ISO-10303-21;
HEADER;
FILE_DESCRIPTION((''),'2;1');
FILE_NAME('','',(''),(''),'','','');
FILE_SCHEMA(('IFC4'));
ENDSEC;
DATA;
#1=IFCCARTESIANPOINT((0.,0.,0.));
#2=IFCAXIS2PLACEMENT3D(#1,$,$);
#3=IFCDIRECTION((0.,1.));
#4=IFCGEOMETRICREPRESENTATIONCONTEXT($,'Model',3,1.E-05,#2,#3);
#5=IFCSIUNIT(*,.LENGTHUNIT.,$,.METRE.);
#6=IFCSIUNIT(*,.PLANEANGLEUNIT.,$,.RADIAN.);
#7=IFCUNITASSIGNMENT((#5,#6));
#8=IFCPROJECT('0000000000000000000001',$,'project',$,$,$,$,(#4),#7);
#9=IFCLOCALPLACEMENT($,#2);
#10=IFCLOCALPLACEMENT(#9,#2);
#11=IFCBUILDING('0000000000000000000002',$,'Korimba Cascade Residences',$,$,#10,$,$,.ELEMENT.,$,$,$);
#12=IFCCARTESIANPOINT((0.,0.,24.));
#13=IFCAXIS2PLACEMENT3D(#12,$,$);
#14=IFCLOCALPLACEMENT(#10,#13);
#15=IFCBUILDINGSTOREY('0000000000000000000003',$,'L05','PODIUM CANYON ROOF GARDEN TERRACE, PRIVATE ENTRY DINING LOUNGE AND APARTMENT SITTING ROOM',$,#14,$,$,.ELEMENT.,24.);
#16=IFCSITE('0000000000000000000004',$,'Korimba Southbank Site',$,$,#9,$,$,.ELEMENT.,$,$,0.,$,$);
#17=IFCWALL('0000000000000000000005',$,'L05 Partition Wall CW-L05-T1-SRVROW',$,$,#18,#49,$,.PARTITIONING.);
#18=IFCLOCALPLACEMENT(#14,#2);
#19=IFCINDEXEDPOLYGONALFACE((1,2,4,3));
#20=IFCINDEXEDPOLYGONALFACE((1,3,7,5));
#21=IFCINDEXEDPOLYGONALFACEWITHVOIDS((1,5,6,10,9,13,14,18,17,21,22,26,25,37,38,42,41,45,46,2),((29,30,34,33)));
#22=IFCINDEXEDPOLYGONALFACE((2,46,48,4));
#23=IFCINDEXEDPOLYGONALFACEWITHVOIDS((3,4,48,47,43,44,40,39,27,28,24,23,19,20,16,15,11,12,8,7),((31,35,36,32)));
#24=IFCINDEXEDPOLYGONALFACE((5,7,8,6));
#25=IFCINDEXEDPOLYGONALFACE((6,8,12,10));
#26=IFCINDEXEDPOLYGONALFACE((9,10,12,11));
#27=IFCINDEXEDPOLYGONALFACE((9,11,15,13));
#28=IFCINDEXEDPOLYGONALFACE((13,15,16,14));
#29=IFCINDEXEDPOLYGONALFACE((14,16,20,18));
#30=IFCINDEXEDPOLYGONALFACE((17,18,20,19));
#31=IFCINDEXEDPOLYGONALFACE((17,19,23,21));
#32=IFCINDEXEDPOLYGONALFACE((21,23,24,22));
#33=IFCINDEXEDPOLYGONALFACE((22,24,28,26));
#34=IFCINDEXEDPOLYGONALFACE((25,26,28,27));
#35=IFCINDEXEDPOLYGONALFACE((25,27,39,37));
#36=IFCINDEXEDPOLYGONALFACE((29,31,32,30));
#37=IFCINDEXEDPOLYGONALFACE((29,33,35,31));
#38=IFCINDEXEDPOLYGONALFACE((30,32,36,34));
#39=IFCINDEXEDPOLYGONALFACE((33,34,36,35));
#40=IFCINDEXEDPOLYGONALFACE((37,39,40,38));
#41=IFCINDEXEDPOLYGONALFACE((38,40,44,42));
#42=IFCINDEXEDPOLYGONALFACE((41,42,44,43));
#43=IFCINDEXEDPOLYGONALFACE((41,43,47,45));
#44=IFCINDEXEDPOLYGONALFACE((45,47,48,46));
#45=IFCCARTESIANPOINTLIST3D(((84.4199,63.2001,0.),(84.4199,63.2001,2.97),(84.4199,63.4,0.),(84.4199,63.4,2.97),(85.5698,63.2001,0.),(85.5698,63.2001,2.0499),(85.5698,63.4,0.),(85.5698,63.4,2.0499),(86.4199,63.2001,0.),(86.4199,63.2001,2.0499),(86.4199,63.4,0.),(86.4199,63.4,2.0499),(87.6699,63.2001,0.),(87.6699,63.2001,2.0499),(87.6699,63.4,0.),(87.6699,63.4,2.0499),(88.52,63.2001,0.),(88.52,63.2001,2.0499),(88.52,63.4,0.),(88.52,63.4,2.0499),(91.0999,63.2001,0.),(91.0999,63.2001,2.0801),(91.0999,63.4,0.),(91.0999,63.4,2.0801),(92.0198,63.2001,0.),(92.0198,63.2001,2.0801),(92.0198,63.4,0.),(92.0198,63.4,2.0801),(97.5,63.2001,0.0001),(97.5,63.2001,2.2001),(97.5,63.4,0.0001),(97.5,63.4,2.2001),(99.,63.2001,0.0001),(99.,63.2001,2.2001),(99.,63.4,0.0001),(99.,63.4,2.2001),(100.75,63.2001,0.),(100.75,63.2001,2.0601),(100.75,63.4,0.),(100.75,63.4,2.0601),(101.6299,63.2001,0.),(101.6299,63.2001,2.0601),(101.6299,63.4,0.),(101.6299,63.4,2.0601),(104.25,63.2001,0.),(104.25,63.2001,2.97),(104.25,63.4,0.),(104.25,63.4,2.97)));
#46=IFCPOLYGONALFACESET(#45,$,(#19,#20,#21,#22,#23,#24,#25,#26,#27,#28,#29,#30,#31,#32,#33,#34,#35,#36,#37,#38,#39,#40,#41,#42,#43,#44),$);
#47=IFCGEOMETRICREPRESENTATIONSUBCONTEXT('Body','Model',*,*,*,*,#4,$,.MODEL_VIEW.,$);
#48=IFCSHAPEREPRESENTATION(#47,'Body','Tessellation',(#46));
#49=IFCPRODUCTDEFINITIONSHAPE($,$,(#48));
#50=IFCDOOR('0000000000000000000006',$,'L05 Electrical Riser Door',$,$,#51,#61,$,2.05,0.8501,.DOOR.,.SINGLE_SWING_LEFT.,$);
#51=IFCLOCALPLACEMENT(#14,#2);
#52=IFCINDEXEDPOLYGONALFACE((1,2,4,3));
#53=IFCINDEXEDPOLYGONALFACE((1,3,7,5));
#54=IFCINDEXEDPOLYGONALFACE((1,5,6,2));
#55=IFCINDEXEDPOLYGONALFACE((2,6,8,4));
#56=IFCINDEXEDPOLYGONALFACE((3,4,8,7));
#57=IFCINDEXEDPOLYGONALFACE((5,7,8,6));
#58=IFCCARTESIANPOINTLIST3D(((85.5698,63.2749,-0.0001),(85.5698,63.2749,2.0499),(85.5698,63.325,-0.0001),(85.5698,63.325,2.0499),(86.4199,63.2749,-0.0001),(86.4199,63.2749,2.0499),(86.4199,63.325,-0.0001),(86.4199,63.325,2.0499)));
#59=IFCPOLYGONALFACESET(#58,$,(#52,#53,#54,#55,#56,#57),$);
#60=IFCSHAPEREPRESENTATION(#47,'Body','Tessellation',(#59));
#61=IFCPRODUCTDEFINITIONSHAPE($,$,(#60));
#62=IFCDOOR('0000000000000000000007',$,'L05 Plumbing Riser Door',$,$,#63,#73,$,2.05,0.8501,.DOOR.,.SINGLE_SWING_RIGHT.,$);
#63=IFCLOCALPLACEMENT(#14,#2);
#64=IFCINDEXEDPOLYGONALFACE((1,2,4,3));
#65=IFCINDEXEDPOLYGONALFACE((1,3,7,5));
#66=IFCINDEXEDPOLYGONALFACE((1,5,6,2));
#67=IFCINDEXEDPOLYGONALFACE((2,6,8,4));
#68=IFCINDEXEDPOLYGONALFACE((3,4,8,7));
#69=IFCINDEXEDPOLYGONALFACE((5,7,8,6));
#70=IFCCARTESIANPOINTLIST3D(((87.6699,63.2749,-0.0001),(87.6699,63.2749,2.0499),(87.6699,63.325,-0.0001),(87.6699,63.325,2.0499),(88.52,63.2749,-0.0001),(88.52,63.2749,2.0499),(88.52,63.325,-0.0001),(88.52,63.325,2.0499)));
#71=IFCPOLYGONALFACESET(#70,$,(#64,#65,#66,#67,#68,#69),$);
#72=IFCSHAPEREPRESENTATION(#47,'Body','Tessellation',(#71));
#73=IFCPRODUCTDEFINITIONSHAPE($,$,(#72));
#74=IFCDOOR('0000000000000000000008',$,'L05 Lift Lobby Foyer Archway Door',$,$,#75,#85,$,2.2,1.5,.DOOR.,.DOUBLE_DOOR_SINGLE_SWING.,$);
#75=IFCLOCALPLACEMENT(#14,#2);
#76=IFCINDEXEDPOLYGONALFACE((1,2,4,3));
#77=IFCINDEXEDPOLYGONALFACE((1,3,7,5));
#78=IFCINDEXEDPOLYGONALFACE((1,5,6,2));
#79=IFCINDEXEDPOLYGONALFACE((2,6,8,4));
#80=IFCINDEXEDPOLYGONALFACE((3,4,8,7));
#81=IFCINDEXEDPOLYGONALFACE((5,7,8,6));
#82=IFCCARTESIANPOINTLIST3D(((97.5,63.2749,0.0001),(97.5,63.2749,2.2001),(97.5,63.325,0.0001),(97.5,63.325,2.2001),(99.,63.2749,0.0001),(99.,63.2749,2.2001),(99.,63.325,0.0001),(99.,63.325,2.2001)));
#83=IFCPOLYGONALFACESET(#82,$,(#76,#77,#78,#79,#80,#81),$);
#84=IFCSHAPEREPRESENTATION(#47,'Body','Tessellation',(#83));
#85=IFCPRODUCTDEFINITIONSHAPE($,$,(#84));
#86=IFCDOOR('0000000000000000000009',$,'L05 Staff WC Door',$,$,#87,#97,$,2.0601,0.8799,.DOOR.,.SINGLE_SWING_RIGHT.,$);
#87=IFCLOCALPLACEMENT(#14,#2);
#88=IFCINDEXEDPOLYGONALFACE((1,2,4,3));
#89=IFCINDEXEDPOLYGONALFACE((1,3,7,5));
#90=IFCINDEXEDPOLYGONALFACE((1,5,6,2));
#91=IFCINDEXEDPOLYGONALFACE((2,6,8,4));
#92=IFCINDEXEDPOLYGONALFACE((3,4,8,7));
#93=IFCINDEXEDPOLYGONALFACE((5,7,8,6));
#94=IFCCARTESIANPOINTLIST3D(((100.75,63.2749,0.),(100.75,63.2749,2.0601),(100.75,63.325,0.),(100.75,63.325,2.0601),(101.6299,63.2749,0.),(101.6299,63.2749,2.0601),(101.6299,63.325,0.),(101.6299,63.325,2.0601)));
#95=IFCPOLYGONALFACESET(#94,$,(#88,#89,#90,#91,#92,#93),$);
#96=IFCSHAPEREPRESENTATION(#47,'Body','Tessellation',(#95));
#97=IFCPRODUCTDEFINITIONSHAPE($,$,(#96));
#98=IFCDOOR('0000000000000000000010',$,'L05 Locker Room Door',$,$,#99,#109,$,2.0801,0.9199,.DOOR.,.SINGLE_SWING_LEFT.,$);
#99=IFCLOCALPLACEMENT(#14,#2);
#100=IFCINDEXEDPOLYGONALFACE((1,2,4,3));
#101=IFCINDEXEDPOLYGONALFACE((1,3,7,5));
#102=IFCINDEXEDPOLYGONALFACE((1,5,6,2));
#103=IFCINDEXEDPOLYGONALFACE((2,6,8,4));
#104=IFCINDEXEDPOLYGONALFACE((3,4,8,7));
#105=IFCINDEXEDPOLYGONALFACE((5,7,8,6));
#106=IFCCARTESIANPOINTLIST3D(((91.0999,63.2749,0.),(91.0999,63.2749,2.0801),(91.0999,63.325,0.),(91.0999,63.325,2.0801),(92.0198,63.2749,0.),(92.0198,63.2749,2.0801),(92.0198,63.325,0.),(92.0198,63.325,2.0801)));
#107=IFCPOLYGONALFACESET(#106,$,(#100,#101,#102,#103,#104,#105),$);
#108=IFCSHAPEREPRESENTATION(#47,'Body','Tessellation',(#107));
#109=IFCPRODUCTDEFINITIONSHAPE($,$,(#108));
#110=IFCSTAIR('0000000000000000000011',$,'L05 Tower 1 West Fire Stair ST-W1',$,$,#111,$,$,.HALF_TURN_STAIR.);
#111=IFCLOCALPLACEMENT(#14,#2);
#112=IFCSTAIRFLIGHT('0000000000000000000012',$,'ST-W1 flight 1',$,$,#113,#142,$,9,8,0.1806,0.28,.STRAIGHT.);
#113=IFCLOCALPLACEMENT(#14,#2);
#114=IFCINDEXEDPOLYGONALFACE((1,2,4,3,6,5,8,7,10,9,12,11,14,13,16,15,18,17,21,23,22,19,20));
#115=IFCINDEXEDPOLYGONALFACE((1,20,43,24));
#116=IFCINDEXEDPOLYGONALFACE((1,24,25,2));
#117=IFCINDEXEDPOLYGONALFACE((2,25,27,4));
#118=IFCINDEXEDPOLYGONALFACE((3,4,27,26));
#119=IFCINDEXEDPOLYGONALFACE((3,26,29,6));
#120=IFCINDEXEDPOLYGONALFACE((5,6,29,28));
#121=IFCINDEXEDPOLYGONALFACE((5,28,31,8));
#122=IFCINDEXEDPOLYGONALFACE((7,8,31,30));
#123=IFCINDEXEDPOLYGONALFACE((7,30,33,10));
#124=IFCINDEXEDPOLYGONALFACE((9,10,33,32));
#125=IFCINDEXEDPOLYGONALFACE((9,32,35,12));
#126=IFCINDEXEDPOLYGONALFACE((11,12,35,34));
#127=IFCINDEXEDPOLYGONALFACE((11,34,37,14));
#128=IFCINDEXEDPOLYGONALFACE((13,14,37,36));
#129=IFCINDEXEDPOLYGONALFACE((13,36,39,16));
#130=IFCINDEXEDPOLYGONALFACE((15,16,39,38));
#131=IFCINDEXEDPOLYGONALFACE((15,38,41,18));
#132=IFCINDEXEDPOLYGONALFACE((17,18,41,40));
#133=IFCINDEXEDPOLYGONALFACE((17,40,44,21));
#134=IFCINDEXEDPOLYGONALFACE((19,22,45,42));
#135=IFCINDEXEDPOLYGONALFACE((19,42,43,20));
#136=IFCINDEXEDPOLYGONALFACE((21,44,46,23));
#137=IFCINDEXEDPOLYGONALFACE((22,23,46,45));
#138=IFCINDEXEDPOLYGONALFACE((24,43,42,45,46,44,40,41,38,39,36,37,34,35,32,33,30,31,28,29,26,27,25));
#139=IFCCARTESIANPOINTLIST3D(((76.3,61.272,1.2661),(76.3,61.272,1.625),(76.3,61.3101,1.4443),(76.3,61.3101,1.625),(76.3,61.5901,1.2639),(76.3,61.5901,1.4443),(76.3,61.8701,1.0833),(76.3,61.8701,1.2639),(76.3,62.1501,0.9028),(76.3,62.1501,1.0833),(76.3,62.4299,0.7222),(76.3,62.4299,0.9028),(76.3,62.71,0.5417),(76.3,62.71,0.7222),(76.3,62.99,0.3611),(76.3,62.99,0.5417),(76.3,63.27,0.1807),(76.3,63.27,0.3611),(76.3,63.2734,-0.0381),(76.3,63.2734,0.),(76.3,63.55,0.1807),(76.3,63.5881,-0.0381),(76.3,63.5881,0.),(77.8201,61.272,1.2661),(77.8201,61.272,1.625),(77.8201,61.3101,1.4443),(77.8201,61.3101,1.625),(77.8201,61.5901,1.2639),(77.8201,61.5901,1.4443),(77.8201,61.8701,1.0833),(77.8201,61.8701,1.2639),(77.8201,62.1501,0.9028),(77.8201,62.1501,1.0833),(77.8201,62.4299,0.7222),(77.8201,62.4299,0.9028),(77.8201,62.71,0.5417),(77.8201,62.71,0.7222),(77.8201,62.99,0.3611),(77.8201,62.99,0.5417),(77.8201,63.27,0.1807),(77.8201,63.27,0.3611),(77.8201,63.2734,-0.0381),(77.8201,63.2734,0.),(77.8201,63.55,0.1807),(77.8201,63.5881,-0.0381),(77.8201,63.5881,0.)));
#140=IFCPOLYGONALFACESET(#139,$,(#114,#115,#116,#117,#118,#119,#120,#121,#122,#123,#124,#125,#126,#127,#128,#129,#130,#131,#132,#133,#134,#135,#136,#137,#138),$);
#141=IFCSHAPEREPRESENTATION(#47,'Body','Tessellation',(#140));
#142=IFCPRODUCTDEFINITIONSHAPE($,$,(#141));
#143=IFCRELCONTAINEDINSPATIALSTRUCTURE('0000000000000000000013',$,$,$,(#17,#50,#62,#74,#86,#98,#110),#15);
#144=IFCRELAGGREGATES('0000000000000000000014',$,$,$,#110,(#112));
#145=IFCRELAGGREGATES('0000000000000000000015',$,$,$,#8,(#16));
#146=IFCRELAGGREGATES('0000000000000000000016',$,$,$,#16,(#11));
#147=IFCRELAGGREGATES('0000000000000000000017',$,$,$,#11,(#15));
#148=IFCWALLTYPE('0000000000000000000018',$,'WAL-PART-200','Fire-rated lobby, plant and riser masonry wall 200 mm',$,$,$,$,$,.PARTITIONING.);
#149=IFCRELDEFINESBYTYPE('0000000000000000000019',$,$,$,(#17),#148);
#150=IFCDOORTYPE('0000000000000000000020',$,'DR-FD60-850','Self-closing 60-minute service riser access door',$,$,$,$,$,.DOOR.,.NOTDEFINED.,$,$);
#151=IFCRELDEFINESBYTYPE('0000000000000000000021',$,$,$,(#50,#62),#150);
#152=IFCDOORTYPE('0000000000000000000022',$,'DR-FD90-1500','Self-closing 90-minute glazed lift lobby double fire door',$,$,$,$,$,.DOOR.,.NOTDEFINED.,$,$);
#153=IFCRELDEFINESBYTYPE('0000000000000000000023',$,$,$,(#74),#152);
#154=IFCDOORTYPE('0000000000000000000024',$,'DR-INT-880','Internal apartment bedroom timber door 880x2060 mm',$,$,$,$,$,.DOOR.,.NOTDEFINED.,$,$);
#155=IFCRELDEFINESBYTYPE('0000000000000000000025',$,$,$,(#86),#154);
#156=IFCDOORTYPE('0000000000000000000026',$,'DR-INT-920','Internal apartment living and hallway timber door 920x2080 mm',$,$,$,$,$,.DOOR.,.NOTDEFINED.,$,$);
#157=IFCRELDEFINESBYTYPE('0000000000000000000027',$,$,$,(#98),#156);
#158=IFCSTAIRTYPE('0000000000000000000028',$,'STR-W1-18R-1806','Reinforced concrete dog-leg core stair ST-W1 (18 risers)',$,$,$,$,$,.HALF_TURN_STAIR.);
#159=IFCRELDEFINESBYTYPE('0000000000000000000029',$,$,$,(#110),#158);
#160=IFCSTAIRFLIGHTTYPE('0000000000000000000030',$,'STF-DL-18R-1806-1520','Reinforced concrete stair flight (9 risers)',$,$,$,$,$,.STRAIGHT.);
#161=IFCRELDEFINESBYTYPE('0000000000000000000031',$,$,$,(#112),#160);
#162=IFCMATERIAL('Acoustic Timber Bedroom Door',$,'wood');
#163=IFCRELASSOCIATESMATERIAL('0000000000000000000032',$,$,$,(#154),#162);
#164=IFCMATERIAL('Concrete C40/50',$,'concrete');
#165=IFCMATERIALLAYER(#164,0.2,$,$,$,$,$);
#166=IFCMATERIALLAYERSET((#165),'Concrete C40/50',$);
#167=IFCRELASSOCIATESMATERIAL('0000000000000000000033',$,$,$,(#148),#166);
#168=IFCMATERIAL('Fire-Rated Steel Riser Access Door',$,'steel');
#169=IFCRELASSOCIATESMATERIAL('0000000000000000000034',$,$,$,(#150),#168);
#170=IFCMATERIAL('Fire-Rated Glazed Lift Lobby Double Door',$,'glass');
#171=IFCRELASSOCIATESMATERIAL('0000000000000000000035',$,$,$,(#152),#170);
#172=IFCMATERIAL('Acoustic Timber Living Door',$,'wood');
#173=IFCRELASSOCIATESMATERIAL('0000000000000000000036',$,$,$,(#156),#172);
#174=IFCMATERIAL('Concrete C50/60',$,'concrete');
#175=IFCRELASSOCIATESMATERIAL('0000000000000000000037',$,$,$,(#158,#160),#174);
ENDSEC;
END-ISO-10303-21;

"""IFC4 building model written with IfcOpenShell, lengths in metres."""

from ifc_helpers import new_model, si_unit, direction, frame, frame_2d, origin, place, context, subcontext, project, spatial, polyline, rectangle, outline, extrude, material, layer, layer_set, type_object, element, fill, aggregate, save


model = new_model("IFC4")

# Units and contexts
model_context = context("Model", 3, precision=1e-05, world=origin(), true_north=direction((0.0, 1.0)))
body_context = subcontext(model_context, "Body", "Model", "MODEL_VIEW")
ifc_project = project(units=[si_unit("LENGTHUNIT", "METRE"), si_unit("PLANEANGLEUNIT", "RADIAN")], contexts=[model_context])

# Site, building, storey
site_placement = place(None, origin())
site = spatial("IfcSite", under=ifc_project, at=site_placement, Name="Korimba Southbank Site", CompositionType="ELEMENT", RefElevation=0.0)
building_placement = place(site_placement, origin())
building = spatial("IfcBuilding", under=site, at=building_placement, Name="Korimba Cascade Residences", CompositionType="ELEMENT")
storey_placement = place(building_placement, frame((0.0, 0.0, 24.0)))
storey = spatial("IfcBuildingStorey", under=building, at=storey_placement, Name="L05", Description="PODIUM CANYON ROOF GARDEN TERRACE, PRIVATE ENTRY DINING LOUNGE AND APARTMENT SITTING ROOM", CompositionType="ELEMENT", Elevation=24.0)

# Shared definitions
ifc_material_1 = material(Name="Acoustic Timber Bedroom Door", Category="wood")
door_type_1 = type_object("IfcDoorType", Name="DR-INT-880", Description="Internal apartment bedroom timber door 880x2060 mm", OperationType="NOTDEFINED", PredefinedType="DOOR", material=ifc_material_1)
ifc_material_2 = material(Name="Concrete C40/50", Category="concrete")
ifc_layer_1 = layer(ifc_material_2, 0.2)
ifc_layer_set_1 = layer_set([ifc_layer_1], Name="Concrete C40/50")
wall_type_1 = type_object("IfcWallType", Name="WAL-PART-200", Description="Fire-rated lobby, plant and riser masonry wall 200 mm", PredefinedType="PARTITIONING", material=ifc_layer_set_1)

# Wall, openings, doors
wall_1_placement = place(storey_placement, frame((84.4199, 63.3, 0.0), z_axis=(0.0, 0.0, 1.0), x_axis=(1.0, 0.0, 0.0)))
wall_1 = element("IfcWall", 1, at=wall_1_placement, inside=storey, type_object=wall_type_1, Name="L05 Partition Wall CW-L05-T1-SRVROW", PredefinedType="PARTITIONING", context=body_context, shape_type="SweptSolid", body=[
    extrude(rectangle(XDim=19.8301, YDim=0.2, at=frame_2d((9.915, 0.0))), origin(), (0.0, 0.0, 1.0), 2.97),
])
opening_1_placement = place(wall_1_placement, frame((1.1499, 0.0, 0.0)))
opening_1 = element("IfcOpeningElement", 2, at=opening_1_placement, cuts=wall_1, PredefinedType="OPENING", context=body_context, shape_type="SweptSolid", body=[
    extrude(rectangle(XDim=0.8501, YDim=2.05, at=frame_2d((0.425, 1.0249))), frame((0.0, 0.1099, 0.0), z_axis=(0.0, -1.0, 0.0), x_axis=(1.0, 0.0, 0.0)), (0.0, 0.0, 1.0), 0.22),
])
opening_2_placement = place(wall_1_placement, frame((3.25, 0.0, 0.0)))
opening_2 = element("IfcOpeningElement", 3, at=opening_2_placement, cuts=wall_1, PredefinedType="OPENING", context=body_context, shape_type="SweptSolid", body=[
    extrude(rectangle(XDim=0.8501, YDim=2.05, at=frame_2d((0.425, 1.0249))), frame((0.0, 0.1099, 0.0), z_axis=(0.0, -1.0, 0.0), x_axis=(1.0, 0.0, 0.0)), (0.0, 0.0, 1.0), 0.22),
])
opening_3_placement = place(wall_1_placement, frame((13.0801, 0.0, 0.0)))
opening_3 = element("IfcOpeningElement", 4, at=opening_3_placement, cuts=wall_1, PredefinedType="OPENING", context=body_context, shape_type="SweptSolid", body=[
    extrude(rectangle(XDim=1.5, YDim=2.2, at=frame_2d((0.75, 1.1001))), frame((0.0, 0.1099, 0.0), z_axis=(0.0, -1.0, 0.0), x_axis=(1.0, 0.0, 0.0)), (0.0, 0.0, 1.0), 0.22),
])
opening_4_placement = place(wall_1_placement, frame((6.6799, 0.0, 0.0)))
opening_4 = element("IfcOpeningElement", 5, at=opening_4_placement, cuts=wall_1, PredefinedType="OPENING", context=body_context, shape_type="SweptSolid", body=[
    extrude(rectangle(XDim=0.9199, YDim=2.0801, at=frame_2d((0.46, 1.04))), frame((0.0, 0.1099, 0.0), z_axis=(0.0, -1.0, 0.0), x_axis=(1.0, 0.0, 0.0)), (0.0, 0.0, 1.0), 0.22),
])
opening_5_placement = place(wall_1_placement, frame((16.3301, 0.0, 0.0)))
opening_5 = element("IfcOpeningElement", 6, at=opening_5_placement, cuts=wall_1, PredefinedType="OPENING", context=body_context, shape_type="SweptSolid", body=[
    extrude(rectangle(XDim=0.8799, YDim=2.0601, at=frame_2d((0.4399, 1.03))), frame((0.0, 0.1099, 0.0), z_axis=(0.0, -1.0, 0.0), x_axis=(1.0, 0.0, 0.0)), (0.0, 0.0, 1.0), 0.22),
])
ifc_material_3 = material(Name="Fire-Rated Steel Riser Access Door", Category="steel")
door_type_2 = type_object("IfcDoorType", Name="DR-FD60-850", Description="Self-closing 60-minute service riser access door", OperationType="NOTDEFINED", PredefinedType="DOOR", material=ifc_material_3)
door_1_placement = place(opening_1_placement, origin())
door_1 = element("IfcDoor", 7, at=door_1_placement, inside=storey, type_object=door_type_2, Name="L05 Electrical Riser Door", OperationType="SINGLE_SWING_LEFT", OverallHeight=2.05, OverallWidth=0.8501, PredefinedType="DOOR", context=body_context, shape_type="SweptSolid", body=[
    extrude(rectangle(XDim=0.8501, YDim=2.05, at=frame_2d((0.425, 1.0249))), frame((0.0, 0.0249, 0.0), z_axis=(0.0, -1.0, 0.0), x_axis=(1.0, 0.0, 0.0)), (0.0, 0.0, 1.0), 0.05),
])
fill(opening_1, door_1)
door_2_placement = place(opening_2_placement, origin())
door_2 = element("IfcDoor", 8, at=door_2_placement, inside=storey, type_object=door_type_2, Name="L05 Plumbing Riser Door", OperationType="SINGLE_SWING_RIGHT", OverallHeight=2.05, OverallWidth=0.8501, PredefinedType="DOOR", context=body_context, shape_type="SweptSolid", body=[
    extrude(rectangle(XDim=0.8501, YDim=2.05, at=frame_2d((0.425, 1.0249))), frame((0.0, 0.0249, 0.0), z_axis=(0.0, -1.0, 0.0), x_axis=(1.0, 0.0, 0.0)), (0.0, 0.0, 1.0), 0.05),
])
fill(opening_2, door_2)
ifc_material_4 = material(Name="Fire-Rated Glazed Lift Lobby Double Door", Category="glass")
door_type_3 = type_object("IfcDoorType", Name="DR-FD90-1500", Description="Self-closing 90-minute glazed lift lobby double fire door", OperationType="NOTDEFINED", PredefinedType="DOOR", material=ifc_material_4)
door_3_placement = place(opening_3_placement, origin())
door_3 = element("IfcDoor", 9, at=door_3_placement, inside=storey, type_object=door_type_3, Name="L05 Lift Lobby Foyer Archway Door", OperationType="DOUBLE_DOOR_SINGLE_SWING", OverallHeight=2.2, OverallWidth=1.5, PredefinedType="DOOR", context=body_context, shape_type="SweptSolid", body=[
    extrude(rectangle(XDim=1.5, YDim=2.2, at=frame_2d((0.75, 1.1001))), frame((0.0, 0.0249, 0.0), z_axis=(0.0, -1.0, 0.0), x_axis=(1.0, 0.0, 0.0)), (0.0, 0.0, 1.0), 0.05),
])
fill(opening_3, door_3)
door_4_placement = place(opening_5_placement, origin())
door_4 = element("IfcDoor", 10, at=door_4_placement, inside=storey, type_object=door_type_1, Name="L05 Staff WC Door", OperationType="SINGLE_SWING_RIGHT", OverallHeight=2.0601, OverallWidth=0.8799, PredefinedType="DOOR", context=body_context, shape_type="SweptSolid", body=[
    extrude(rectangle(XDim=0.8799, YDim=2.0601, at=frame_2d((0.4399, 1.03))), frame((0.0, 0.0249, 0.0), z_axis=(0.0, -1.0, 0.0), x_axis=(1.0, 0.0, 0.0)), (0.0, 0.0, 1.0), 0.05),
])
fill(opening_5, door_4)
ifc_material_5 = material(Name="Acoustic Timber Living Door", Category="wood")
door_type_4 = type_object("IfcDoorType", Name="DR-INT-920", Description="Internal apartment living and hallway timber door 920x2080 mm", OperationType="NOTDEFINED", PredefinedType="DOOR", material=ifc_material_5)
door_5_placement = place(opening_4_placement, origin())
door_5 = element("IfcDoor", 11, at=door_5_placement, inside=storey, type_object=door_type_4, Name="L05 Locker Room Door", OperationType="SINGLE_SWING_LEFT", OverallHeight=2.0801, OverallWidth=0.9199, PredefinedType="DOOR", context=body_context, shape_type="SweptSolid", body=[
    extrude(rectangle(XDim=0.9199, YDim=2.0801, at=frame_2d((0.46, 1.04))), frame((0.0, 0.0249, 0.0), z_axis=(0.0, -1.0, 0.0), x_axis=(1.0, 0.0, 0.0)), (0.0, 0.0, 1.0), 0.05),
])
fill(opening_4, door_5)

# Stair, stair flight
ifc_material_6 = material(Name="Concrete C50/60", Category="concrete")
stair_type = type_object("IfcStairType", Name="STR-W1-18R-1806", Description="Reinforced concrete dog-leg core stair ST-W1 (18 risers)", PredefinedType="HALF_TURN_STAIR", material=ifc_material_6)
stair_placement = place(storey_placement, origin())
stair = element("IfcStair", 12, at=stair_placement, inside=storey, type_object=stair_type, Name="L05 Tower 1 West Fire Stair ST-W1", PredefinedType="HALF_TURN_STAIR")
stair_flight_type = type_object("IfcStairFlightType", Name="STF-DL-18R-1806-1520", Description="Reinforced concrete stair flight (9 risers)", PredefinedType="STRAIGHT", material=ifc_material_6)
stair_flight_placement = place(storey_placement, frame((77.0601, 63.55, 0.0), z_axis=(0.0, 0.0, 1.0), x_axis=(0.0, -1.0, 0.0)))
stair_flight = element("IfcStairFlight", 13, at=stair_flight_placement, type_object=stair_flight_type, Name="ST-W1 flight 1", NumberOfRisers=9, NumberOfTreads=8, PredefinedType="STRAIGHT", RiserHeight=0.1806, TreadLength=0.28, context=body_context, shape_type="SweptSolid", body=[
    extrude(outline(polyline([(-0.0381, 0.0), (0.0, 0.1807), (0.28, 0.1807), (0.28, 0.3611), (0.5601, 0.3611), (0.5601, 0.5417), (0.8401, 0.5417), (0.8401, 0.7222), (1.1201, 0.7222), (1.1201, 0.9028), (1.3999, 0.9028), (1.3999, 1.0833), (1.6799, 1.0833), (1.6799, 1.2639), (1.96, 1.2639), (1.96, 1.4443), (2.24, 1.4443), (2.24, 1.625), (2.2781, 1.625), (2.2781, 1.2661), (0.2766, 0.0), (0.2766, -0.0381), (-0.0381, -0.0381), (-0.0381, 0.0)])), frame((0.0, 0.76, 0.0), z_axis=(0.0, -1.0, 0.0), x_axis=(1.0, 0.0, 0.0)), (0.0, 0.0, 1.0), 1.52),
])
aggregate(stair, [stair_flight])

save(model, "model.ifc")
